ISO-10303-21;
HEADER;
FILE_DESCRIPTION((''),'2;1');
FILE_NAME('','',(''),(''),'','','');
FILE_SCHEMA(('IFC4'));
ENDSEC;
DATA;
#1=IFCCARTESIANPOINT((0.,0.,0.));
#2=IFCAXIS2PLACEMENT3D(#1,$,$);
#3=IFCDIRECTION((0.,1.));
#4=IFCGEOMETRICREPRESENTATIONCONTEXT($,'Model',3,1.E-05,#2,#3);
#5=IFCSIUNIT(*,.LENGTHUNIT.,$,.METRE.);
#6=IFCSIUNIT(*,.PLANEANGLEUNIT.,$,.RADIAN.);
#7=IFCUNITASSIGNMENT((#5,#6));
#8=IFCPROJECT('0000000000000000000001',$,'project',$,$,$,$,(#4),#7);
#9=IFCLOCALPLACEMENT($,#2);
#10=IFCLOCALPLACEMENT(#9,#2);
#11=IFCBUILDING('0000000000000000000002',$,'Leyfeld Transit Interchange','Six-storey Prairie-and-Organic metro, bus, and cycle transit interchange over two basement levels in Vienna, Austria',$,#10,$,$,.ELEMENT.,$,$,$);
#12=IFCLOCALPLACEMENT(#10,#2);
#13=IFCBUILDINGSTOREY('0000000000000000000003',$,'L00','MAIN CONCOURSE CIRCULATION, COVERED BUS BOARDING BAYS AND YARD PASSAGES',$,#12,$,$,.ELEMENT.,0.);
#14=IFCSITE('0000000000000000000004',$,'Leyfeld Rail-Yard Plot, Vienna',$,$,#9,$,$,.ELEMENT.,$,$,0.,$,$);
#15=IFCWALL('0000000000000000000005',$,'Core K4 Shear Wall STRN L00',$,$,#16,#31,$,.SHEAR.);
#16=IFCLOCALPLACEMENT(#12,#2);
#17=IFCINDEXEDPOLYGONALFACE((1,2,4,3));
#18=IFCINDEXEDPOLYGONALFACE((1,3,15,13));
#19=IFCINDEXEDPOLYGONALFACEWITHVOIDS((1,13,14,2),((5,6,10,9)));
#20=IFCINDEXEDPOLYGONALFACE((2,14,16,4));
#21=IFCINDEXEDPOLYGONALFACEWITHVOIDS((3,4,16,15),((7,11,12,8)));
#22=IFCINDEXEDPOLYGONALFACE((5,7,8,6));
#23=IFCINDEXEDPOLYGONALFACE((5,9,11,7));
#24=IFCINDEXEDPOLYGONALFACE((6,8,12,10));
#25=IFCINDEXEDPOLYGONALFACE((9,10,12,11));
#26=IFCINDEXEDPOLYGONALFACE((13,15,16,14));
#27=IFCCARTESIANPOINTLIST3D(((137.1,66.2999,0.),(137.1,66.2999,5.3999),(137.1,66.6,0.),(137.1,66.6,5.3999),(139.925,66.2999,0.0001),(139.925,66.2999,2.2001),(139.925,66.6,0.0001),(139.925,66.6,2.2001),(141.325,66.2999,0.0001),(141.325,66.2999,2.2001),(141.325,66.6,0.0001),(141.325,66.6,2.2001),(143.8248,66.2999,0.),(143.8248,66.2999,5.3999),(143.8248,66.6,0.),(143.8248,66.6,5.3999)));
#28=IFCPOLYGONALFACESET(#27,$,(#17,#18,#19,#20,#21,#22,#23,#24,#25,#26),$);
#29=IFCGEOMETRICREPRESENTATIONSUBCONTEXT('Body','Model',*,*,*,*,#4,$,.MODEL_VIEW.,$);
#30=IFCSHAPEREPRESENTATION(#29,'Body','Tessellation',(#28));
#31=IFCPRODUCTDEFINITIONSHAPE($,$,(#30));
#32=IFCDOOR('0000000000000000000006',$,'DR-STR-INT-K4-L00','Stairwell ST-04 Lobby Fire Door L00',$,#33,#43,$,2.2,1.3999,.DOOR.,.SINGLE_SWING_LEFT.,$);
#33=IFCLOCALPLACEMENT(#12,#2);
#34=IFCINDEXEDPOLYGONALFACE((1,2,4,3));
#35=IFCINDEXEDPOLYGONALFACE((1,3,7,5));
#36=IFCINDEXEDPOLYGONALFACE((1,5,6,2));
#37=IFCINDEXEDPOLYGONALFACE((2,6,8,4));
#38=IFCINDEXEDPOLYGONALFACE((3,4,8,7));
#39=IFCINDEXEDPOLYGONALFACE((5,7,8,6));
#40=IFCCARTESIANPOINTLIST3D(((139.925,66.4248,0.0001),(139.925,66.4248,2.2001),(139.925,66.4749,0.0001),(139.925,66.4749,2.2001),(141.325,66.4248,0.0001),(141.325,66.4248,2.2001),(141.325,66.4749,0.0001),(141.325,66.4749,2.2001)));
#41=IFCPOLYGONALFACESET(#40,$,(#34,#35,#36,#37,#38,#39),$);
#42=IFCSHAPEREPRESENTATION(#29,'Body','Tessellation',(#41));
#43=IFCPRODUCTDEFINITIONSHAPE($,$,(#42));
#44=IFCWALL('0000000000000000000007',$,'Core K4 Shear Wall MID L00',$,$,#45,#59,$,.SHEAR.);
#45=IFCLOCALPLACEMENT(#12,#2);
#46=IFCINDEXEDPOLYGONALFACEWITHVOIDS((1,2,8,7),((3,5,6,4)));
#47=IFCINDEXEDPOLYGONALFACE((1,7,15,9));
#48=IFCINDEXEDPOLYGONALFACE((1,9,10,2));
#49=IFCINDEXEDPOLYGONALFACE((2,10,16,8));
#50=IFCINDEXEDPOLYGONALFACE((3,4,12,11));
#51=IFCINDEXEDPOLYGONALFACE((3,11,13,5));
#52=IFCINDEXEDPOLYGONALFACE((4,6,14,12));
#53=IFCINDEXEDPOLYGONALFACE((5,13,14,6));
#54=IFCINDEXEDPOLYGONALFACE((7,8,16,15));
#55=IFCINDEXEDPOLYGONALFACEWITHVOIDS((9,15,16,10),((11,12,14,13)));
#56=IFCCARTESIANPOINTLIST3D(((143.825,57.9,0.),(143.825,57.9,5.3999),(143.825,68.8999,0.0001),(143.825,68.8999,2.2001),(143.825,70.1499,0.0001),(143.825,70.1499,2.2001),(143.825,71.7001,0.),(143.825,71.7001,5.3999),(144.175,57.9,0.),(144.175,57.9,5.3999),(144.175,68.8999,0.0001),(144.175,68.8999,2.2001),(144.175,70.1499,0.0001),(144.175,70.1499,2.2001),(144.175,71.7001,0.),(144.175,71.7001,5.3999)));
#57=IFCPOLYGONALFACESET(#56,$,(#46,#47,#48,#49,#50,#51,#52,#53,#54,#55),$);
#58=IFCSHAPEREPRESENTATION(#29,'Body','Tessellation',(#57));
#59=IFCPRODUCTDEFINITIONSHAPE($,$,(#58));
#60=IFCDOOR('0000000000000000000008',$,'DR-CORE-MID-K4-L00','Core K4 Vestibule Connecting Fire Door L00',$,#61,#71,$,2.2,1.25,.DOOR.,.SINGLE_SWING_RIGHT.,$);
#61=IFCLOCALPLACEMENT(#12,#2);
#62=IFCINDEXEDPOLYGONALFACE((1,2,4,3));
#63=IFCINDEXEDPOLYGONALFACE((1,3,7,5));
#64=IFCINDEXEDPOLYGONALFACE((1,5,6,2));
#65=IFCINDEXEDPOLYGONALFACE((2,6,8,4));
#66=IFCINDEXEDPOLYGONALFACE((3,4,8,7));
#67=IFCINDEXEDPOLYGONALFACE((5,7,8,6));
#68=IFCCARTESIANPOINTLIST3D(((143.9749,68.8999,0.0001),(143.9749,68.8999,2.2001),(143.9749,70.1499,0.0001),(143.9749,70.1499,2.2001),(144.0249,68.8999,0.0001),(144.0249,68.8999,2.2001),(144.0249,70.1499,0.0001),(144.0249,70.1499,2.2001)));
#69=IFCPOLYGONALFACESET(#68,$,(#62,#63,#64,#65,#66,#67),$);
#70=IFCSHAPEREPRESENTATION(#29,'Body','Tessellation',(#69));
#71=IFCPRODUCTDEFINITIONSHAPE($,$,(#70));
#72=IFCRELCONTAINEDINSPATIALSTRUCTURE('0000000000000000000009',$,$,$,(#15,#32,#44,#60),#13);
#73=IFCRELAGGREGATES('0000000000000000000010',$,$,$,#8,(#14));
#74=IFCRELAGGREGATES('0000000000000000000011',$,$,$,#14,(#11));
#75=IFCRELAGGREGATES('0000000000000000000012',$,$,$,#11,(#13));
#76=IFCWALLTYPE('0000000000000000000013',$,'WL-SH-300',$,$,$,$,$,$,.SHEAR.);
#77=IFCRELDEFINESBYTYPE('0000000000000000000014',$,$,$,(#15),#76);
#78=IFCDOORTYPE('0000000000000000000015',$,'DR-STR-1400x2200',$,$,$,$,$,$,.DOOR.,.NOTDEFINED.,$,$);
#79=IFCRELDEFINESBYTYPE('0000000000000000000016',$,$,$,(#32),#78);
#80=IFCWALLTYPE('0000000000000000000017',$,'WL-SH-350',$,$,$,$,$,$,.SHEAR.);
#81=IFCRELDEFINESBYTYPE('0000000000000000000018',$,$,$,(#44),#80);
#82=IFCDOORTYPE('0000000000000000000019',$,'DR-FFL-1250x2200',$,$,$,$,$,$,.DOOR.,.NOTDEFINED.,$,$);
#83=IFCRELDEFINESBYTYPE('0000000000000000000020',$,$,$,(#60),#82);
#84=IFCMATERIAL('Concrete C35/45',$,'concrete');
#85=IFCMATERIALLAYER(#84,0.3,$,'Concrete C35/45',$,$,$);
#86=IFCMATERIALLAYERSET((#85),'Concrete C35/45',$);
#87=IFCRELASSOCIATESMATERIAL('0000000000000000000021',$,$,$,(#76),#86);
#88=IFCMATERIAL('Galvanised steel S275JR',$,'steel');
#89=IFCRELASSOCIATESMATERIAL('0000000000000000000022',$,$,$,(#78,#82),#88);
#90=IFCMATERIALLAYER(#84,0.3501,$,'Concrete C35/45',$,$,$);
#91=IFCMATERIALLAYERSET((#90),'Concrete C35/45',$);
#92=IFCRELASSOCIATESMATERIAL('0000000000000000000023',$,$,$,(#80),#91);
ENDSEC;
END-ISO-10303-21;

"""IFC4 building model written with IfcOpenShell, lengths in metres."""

from ifc_helpers import new_model, si_unit, direction, frame, frame_2d, origin, place, context, subcontext, project, spatial, rectangle, extrude, material, layer, layer_set, type_object, element, fill, save


model = new_model("IFC4")

# Units and contexts
model_context = context("Model", 3, precision=1e-05, world=origin(), true_north=direction((0.0, 1.0)))
body_context = subcontext(model_context, "Body", "Model", "MODEL_VIEW")
ifc_project = project(units=[si_unit("LENGTHUNIT", "METRE"), si_unit("PLANEANGLEUNIT", "RADIAN")], contexts=[model_context])

# Site, building, storey
site_placement = place(None, origin())
site = spatial("IfcSite", under=ifc_project, at=site_placement, Name="Leyfeld Rail-Yard Plot, Vienna", CompositionType="ELEMENT", RefElevation=0.0)
building_placement = place(site_placement, origin())
building = spatial("IfcBuilding", under=site, at=building_placement, Name="Leyfeld Transit Interchange", Description="Six-storey Prairie-and-Organic metro, bus, and cycle transit interchange over two basement levels in Vienna, Austria", CompositionType="ELEMENT")
storey_placement = place(building_placement, origin())
storey = spatial("IfcBuildingStorey", under=building, at=storey_placement, Name="L00", Description="MAIN CONCOURSE CIRCULATION, COVERED BUS BOARDING BAYS AND YARD PASSAGES", CompositionType="ELEMENT", Elevation=0.0)

# Shared definitions
ifc_material_1 = material(Name="Concrete C35/45", Category="concrete")

# Walls, openings, doors
ifc_layer_1 = layer(ifc_material_1, 0.3, Name="Concrete C35/45")
ifc_layer_set_1 = layer_set([ifc_layer_1], Name="Concrete C35/45")
wall_type_1 = type_object("IfcWallType", Name="WL-SH-300", PredefinedType="SHEAR", material=ifc_layer_set_1)
wall_1_placement = place(storey_placement, frame((137.1001, 66.45, 0.0), z_axis=(0.0, 0.0, 1.0), x_axis=(1.0, 0.0, 0.0)))
wall_1 = element("IfcWall", 1, at=wall_1_placement, inside=storey, type_object=wall_type_1, Name="Core K4 Shear Wall STRN L00", PredefinedType="SHEAR", context=body_context, shape_type="SweptSolid", body=[
    extrude(rectangle(XDim=6.7249, YDim=0.3, at=frame_2d((3.3623, 0.0))), origin(), (0.0, 0.0, 1.0), 5.3999),
])
opening_1_placement = place(wall_1_placement, frame((2.825, 0.0, 0.0)))
opening_1 = element("IfcOpeningElement", 2, at=opening_1_placement, cuts=wall_1, PredefinedType="OPENING", context=body_context, shape_type="SweptSolid", body=[
    extrude(rectangle(XDim=1.3999, YDim=2.2, at=frame_2d((0.7, 1.1001))), frame((0.0, 0.1599, 0.0), z_axis=(0.0, -1.0, 0.0), x_axis=(1.0, 0.0, 0.0)), (0.0, 0.0, 1.0), 0.3201),
])
ifc_material_2 = material(Name="Galvanised steel S275JR", Category="steel")
door_type_1 = type_object("IfcDoorType", Name="DR-STR-1400x2200", OperationType="NOTDEFINED", PredefinedType="DOOR", material=ifc_material_2)
door_1_placement = place(opening_1_placement, origin())
door_1 = element("IfcDoor", 3, at=door_1_placement, inside=storey, type_object=door_type_1, Name="DR-STR-INT-K4-L00", Description="Stairwell ST-04 Lobby Fire Door L00", OperationType="SINGLE_SWING_LEFT", OverallHeight=2.2, OverallWidth=1.3999, PredefinedType="DOOR", context=body_context, shape_type="SweptSolid", body=[
    extrude(rectangle(XDim=1.3999, YDim=2.2, at=frame_2d((0.7, 1.1001))), frame((0.0, 0.0249, 0.0), z_axis=(0.0, -1.0, 0.0), x_axis=(1.0, 0.0, 0.0)), (0.0, 0.0, 1.0), 0.05),
])
fill(opening_1, door_1)
ifc_layer_2 = layer(ifc_material_1, 0.3501, Name="Concrete C35/45")
ifc_layer_set_2 = layer_set([ifc_layer_2], Name="Concrete C35/45")
wall_type_2 = type_object("IfcWallType", Name="WL-SH-350", PredefinedType="SHEAR", material=ifc_layer_set_2)
wall_2_placement = place(storey_placement, frame((144.0, 71.7, 0.0), z_axis=(0.0, 0.0, 1.0), x_axis=(0.0, -1.0, 0.0)))
wall_2 = element("IfcWall", 4, at=wall_2_placement, inside=storey, type_object=wall_type_2, Name="Core K4 Shear Wall MID L00", PredefinedType="SHEAR", context=body_context, shape_type="SweptSolid", body=[
    extrude(rectangle(XDim=13.8, YDim=0.3501, at=frame_2d((6.8999, 0.0))), origin(), (0.0, 0.0, 1.0), 5.3999),
])
opening_2_placement = place(wall_2_placement, frame((1.55, 0.0, 0.0)))
opening_2 = element("IfcOpeningElement", 5, at=opening_2_placement, cuts=wall_2, PredefinedType="OPENING", context=body_context, shape_type="SweptSolid", body=[
    extrude(rectangle(XDim=1.25, YDim=2.2, at=frame_2d((0.625, 1.1001))), frame((0.0, 0.1851, 0.0), z_axis=(0.0, -1.0, 0.0), x_axis=(1.0, 0.0, 0.0)), (0.0, 0.0, 1.0), 0.3701),
])
door_type_2 = type_object("IfcDoorType", Name="DR-FFL-1250x2200", OperationType="NOTDEFINED", PredefinedType="DOOR", material=ifc_material_2)
door_2_placement = place(opening_2_placement, origin())
door_2 = element("IfcDoor", 6, at=door_2_placement, inside=storey, type_object=door_type_2, Name="DR-CORE-MID-K4-L00", Description="Core K4 Vestibule Connecting Fire Door L00", OperationType="SINGLE_SWING_RIGHT", OverallHeight=2.2, OverallWidth=1.25, PredefinedType="DOOR", context=body_context, shape_type="SweptSolid", body=[
    extrude(rectangle(XDim=1.25, YDim=2.2, at=frame_2d((0.625, 1.1001))), frame((0.0, 0.0249, 0.0), z_axis=(0.0, -1.0, 0.0), x_axis=(1.0, 0.0, 0.0)), (0.0, 0.0, 1.0), 0.05),
])
fill(opening_2, door_2)

save(model, "model.ifc")
